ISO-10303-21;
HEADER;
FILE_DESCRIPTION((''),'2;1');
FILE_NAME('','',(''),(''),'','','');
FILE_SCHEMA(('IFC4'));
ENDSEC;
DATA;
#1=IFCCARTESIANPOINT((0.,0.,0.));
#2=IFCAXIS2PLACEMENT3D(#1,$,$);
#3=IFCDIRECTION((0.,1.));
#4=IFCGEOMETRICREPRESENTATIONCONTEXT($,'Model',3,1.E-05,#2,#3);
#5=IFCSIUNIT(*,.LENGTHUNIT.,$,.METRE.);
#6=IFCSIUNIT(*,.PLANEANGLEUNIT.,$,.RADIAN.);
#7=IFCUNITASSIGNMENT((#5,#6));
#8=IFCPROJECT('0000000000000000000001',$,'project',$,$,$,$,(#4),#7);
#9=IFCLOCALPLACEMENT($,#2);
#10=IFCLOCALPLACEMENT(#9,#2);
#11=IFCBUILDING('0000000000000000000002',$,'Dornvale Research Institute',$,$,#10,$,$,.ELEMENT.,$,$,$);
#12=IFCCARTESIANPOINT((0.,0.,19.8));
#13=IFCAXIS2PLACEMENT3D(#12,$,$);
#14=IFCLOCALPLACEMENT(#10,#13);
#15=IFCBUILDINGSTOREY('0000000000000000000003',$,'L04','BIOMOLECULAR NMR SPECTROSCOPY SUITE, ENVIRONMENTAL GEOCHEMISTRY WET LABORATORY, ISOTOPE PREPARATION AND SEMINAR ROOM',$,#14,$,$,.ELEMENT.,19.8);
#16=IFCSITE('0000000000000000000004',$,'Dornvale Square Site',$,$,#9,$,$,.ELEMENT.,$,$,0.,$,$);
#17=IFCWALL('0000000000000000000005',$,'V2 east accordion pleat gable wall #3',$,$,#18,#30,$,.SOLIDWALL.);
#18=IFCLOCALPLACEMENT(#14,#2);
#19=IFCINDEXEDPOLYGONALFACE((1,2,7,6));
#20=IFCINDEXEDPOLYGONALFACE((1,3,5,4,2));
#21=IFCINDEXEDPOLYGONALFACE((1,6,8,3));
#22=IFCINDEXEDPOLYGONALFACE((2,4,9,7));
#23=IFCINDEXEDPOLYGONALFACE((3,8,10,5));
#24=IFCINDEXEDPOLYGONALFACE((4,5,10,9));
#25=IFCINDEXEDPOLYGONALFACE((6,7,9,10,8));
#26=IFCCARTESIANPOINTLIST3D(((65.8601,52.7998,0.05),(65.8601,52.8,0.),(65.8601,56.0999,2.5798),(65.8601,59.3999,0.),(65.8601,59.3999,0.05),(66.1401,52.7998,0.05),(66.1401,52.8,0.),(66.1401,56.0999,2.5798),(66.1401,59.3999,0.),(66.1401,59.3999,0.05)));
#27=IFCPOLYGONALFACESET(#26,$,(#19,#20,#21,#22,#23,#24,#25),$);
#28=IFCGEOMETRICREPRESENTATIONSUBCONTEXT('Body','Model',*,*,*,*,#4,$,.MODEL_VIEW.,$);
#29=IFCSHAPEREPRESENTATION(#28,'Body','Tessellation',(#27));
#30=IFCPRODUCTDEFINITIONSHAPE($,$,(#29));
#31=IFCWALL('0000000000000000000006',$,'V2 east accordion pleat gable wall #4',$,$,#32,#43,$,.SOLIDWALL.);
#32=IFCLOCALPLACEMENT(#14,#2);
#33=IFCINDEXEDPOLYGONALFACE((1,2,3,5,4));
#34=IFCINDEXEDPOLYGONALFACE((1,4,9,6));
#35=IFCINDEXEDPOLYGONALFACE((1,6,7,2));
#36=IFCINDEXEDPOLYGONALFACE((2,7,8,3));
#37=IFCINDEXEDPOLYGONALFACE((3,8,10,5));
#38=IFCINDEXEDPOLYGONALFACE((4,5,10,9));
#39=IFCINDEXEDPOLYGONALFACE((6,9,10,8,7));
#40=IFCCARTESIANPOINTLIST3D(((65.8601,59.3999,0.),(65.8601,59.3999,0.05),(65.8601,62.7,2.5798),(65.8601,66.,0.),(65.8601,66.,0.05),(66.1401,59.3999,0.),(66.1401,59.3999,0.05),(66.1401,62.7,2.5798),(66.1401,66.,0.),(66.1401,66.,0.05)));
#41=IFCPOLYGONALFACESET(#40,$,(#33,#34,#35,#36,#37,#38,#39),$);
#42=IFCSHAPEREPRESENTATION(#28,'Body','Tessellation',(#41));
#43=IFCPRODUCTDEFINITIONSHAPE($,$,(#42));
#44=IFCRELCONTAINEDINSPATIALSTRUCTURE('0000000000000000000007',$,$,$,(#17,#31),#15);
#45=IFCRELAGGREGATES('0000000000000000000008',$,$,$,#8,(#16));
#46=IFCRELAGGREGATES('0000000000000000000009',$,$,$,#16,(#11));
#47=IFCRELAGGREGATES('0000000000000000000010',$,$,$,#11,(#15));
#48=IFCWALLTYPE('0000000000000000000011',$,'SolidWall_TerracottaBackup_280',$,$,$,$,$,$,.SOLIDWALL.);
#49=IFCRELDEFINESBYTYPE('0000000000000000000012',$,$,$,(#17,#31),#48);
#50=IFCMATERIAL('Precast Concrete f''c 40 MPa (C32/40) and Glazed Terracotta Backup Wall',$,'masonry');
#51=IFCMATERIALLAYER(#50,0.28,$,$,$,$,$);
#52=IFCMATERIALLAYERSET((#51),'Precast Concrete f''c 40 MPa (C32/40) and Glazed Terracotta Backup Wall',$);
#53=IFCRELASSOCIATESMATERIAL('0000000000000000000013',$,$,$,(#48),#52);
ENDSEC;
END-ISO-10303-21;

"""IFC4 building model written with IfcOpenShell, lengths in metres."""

from ifc_helpers import new_model, si_unit, direction, frame, origin, place, context, subcontext, project, spatial, polyline, outline, extrude, material, layer, layer_set, type_object, element, save


model = new_model("IFC4")

# Units and contexts
model_context = context("Model", 3, precision=1e-05, world=origin(), true_north=direction((0.0, 1.0)))
body_context = subcontext(model_context, "Body", "Model", "MODEL_VIEW")
ifc_project = project(units=[si_unit("LENGTHUNIT", "METRE"), si_unit("PLANEANGLEUNIT", "RADIAN")], contexts=[model_context])

# Site, building, storey
site_placement = place(None, origin())
site = spatial("IfcSite", under=ifc_project, at=site_placement, Name="Dornvale Square Site", CompositionType="ELEMENT", RefElevation=0.0)
building_placement = place(site_placement, origin())
building = spatial("IfcBuilding", under=site, at=building_placement, Name="Dornvale Research Institute", CompositionType="ELEMENT")
storey_placement = place(building_placement, frame((0.0, 0.0, 19.8)))
storey = spatial("IfcBuildingStorey", under=building, at=storey_placement, Name="L04", Description="BIOMOLECULAR NMR SPECTROSCOPY SUITE, ENVIRONMENTAL GEOCHEMISTRY WET LABORATORY, ISOTOPE PREPARATION AND SEMINAR ROOM", CompositionType="ELEMENT", Elevation=19.8)

# Walls
ifc_material_1 = material(Name="Precast Concrete f'c 40 MPa (C32/40) and Glazed Terracotta Backup Wall", Category="masonry")
ifc_layer_1 = layer(ifc_material_1, 0.28)
ifc_layer_set_1 = layer_set([ifc_layer_1], Name="Precast Concrete f'c 40 MPa (C32/40) and Glazed Terracotta Backup Wall")
wall_type = type_object("IfcWallType", Name="SolidWall_TerracottaBackup_280", PredefinedType="SOLIDWALL", material=ifc_layer_set_1)
wall_1_placement = place(storey_placement, frame((66.0, 59.3999, 0.0), z_axis=(0.0, 0.0, 1.0), x_axis=(0.0, -1.0, 0.0)))
element("IfcWall", 1, at=wall_1_placement, inside=storey, type_object=wall_type, Name="V2 east accordion pleat gable wall #3", PredefinedType="SOLIDWALL", context=body_context, shape_type="SweptSolid", body=[
    extrude(outline(polyline([(0.0, 0.0), (6.5999, 0.0), (6.6001, 0.05), (3.3, 2.5798), (0.0, 0.05), (0.0, 0.0)])), frame((0.0, 0.1401, 0.0), z_axis=(0.0, -1.0, 0.0), x_axis=(1.0, 0.0, 0.0)), (0.0, 0.0, 1.0), 0.28),
])
wall_2_placement = place(storey_placement, frame((66.0, 66.0, 0.0), z_axis=(0.0, 0.0, 1.0), x_axis=(0.0, -1.0, 0.0)))
element("IfcWall", 2, at=wall_2_placement, inside=storey, type_object=wall_type, Name="V2 east accordion pleat gable wall #4", PredefinedType="SOLIDWALL", context=body_context, shape_type="SweptSolid", body=[
    extrude(outline(polyline([(0.0, 0.0), (6.6001, 0.0), (6.6001, 0.05), (3.3, 2.5798), (0.0, 0.05), (0.0, 0.0)])), frame((0.0, 0.1401, 0.0), z_axis=(0.0, -1.0, 0.0), x_axis=(1.0, 0.0, 0.0)), (0.0, 0.0, 1.0), 0.28),
])

save(model, "model.ifc")
